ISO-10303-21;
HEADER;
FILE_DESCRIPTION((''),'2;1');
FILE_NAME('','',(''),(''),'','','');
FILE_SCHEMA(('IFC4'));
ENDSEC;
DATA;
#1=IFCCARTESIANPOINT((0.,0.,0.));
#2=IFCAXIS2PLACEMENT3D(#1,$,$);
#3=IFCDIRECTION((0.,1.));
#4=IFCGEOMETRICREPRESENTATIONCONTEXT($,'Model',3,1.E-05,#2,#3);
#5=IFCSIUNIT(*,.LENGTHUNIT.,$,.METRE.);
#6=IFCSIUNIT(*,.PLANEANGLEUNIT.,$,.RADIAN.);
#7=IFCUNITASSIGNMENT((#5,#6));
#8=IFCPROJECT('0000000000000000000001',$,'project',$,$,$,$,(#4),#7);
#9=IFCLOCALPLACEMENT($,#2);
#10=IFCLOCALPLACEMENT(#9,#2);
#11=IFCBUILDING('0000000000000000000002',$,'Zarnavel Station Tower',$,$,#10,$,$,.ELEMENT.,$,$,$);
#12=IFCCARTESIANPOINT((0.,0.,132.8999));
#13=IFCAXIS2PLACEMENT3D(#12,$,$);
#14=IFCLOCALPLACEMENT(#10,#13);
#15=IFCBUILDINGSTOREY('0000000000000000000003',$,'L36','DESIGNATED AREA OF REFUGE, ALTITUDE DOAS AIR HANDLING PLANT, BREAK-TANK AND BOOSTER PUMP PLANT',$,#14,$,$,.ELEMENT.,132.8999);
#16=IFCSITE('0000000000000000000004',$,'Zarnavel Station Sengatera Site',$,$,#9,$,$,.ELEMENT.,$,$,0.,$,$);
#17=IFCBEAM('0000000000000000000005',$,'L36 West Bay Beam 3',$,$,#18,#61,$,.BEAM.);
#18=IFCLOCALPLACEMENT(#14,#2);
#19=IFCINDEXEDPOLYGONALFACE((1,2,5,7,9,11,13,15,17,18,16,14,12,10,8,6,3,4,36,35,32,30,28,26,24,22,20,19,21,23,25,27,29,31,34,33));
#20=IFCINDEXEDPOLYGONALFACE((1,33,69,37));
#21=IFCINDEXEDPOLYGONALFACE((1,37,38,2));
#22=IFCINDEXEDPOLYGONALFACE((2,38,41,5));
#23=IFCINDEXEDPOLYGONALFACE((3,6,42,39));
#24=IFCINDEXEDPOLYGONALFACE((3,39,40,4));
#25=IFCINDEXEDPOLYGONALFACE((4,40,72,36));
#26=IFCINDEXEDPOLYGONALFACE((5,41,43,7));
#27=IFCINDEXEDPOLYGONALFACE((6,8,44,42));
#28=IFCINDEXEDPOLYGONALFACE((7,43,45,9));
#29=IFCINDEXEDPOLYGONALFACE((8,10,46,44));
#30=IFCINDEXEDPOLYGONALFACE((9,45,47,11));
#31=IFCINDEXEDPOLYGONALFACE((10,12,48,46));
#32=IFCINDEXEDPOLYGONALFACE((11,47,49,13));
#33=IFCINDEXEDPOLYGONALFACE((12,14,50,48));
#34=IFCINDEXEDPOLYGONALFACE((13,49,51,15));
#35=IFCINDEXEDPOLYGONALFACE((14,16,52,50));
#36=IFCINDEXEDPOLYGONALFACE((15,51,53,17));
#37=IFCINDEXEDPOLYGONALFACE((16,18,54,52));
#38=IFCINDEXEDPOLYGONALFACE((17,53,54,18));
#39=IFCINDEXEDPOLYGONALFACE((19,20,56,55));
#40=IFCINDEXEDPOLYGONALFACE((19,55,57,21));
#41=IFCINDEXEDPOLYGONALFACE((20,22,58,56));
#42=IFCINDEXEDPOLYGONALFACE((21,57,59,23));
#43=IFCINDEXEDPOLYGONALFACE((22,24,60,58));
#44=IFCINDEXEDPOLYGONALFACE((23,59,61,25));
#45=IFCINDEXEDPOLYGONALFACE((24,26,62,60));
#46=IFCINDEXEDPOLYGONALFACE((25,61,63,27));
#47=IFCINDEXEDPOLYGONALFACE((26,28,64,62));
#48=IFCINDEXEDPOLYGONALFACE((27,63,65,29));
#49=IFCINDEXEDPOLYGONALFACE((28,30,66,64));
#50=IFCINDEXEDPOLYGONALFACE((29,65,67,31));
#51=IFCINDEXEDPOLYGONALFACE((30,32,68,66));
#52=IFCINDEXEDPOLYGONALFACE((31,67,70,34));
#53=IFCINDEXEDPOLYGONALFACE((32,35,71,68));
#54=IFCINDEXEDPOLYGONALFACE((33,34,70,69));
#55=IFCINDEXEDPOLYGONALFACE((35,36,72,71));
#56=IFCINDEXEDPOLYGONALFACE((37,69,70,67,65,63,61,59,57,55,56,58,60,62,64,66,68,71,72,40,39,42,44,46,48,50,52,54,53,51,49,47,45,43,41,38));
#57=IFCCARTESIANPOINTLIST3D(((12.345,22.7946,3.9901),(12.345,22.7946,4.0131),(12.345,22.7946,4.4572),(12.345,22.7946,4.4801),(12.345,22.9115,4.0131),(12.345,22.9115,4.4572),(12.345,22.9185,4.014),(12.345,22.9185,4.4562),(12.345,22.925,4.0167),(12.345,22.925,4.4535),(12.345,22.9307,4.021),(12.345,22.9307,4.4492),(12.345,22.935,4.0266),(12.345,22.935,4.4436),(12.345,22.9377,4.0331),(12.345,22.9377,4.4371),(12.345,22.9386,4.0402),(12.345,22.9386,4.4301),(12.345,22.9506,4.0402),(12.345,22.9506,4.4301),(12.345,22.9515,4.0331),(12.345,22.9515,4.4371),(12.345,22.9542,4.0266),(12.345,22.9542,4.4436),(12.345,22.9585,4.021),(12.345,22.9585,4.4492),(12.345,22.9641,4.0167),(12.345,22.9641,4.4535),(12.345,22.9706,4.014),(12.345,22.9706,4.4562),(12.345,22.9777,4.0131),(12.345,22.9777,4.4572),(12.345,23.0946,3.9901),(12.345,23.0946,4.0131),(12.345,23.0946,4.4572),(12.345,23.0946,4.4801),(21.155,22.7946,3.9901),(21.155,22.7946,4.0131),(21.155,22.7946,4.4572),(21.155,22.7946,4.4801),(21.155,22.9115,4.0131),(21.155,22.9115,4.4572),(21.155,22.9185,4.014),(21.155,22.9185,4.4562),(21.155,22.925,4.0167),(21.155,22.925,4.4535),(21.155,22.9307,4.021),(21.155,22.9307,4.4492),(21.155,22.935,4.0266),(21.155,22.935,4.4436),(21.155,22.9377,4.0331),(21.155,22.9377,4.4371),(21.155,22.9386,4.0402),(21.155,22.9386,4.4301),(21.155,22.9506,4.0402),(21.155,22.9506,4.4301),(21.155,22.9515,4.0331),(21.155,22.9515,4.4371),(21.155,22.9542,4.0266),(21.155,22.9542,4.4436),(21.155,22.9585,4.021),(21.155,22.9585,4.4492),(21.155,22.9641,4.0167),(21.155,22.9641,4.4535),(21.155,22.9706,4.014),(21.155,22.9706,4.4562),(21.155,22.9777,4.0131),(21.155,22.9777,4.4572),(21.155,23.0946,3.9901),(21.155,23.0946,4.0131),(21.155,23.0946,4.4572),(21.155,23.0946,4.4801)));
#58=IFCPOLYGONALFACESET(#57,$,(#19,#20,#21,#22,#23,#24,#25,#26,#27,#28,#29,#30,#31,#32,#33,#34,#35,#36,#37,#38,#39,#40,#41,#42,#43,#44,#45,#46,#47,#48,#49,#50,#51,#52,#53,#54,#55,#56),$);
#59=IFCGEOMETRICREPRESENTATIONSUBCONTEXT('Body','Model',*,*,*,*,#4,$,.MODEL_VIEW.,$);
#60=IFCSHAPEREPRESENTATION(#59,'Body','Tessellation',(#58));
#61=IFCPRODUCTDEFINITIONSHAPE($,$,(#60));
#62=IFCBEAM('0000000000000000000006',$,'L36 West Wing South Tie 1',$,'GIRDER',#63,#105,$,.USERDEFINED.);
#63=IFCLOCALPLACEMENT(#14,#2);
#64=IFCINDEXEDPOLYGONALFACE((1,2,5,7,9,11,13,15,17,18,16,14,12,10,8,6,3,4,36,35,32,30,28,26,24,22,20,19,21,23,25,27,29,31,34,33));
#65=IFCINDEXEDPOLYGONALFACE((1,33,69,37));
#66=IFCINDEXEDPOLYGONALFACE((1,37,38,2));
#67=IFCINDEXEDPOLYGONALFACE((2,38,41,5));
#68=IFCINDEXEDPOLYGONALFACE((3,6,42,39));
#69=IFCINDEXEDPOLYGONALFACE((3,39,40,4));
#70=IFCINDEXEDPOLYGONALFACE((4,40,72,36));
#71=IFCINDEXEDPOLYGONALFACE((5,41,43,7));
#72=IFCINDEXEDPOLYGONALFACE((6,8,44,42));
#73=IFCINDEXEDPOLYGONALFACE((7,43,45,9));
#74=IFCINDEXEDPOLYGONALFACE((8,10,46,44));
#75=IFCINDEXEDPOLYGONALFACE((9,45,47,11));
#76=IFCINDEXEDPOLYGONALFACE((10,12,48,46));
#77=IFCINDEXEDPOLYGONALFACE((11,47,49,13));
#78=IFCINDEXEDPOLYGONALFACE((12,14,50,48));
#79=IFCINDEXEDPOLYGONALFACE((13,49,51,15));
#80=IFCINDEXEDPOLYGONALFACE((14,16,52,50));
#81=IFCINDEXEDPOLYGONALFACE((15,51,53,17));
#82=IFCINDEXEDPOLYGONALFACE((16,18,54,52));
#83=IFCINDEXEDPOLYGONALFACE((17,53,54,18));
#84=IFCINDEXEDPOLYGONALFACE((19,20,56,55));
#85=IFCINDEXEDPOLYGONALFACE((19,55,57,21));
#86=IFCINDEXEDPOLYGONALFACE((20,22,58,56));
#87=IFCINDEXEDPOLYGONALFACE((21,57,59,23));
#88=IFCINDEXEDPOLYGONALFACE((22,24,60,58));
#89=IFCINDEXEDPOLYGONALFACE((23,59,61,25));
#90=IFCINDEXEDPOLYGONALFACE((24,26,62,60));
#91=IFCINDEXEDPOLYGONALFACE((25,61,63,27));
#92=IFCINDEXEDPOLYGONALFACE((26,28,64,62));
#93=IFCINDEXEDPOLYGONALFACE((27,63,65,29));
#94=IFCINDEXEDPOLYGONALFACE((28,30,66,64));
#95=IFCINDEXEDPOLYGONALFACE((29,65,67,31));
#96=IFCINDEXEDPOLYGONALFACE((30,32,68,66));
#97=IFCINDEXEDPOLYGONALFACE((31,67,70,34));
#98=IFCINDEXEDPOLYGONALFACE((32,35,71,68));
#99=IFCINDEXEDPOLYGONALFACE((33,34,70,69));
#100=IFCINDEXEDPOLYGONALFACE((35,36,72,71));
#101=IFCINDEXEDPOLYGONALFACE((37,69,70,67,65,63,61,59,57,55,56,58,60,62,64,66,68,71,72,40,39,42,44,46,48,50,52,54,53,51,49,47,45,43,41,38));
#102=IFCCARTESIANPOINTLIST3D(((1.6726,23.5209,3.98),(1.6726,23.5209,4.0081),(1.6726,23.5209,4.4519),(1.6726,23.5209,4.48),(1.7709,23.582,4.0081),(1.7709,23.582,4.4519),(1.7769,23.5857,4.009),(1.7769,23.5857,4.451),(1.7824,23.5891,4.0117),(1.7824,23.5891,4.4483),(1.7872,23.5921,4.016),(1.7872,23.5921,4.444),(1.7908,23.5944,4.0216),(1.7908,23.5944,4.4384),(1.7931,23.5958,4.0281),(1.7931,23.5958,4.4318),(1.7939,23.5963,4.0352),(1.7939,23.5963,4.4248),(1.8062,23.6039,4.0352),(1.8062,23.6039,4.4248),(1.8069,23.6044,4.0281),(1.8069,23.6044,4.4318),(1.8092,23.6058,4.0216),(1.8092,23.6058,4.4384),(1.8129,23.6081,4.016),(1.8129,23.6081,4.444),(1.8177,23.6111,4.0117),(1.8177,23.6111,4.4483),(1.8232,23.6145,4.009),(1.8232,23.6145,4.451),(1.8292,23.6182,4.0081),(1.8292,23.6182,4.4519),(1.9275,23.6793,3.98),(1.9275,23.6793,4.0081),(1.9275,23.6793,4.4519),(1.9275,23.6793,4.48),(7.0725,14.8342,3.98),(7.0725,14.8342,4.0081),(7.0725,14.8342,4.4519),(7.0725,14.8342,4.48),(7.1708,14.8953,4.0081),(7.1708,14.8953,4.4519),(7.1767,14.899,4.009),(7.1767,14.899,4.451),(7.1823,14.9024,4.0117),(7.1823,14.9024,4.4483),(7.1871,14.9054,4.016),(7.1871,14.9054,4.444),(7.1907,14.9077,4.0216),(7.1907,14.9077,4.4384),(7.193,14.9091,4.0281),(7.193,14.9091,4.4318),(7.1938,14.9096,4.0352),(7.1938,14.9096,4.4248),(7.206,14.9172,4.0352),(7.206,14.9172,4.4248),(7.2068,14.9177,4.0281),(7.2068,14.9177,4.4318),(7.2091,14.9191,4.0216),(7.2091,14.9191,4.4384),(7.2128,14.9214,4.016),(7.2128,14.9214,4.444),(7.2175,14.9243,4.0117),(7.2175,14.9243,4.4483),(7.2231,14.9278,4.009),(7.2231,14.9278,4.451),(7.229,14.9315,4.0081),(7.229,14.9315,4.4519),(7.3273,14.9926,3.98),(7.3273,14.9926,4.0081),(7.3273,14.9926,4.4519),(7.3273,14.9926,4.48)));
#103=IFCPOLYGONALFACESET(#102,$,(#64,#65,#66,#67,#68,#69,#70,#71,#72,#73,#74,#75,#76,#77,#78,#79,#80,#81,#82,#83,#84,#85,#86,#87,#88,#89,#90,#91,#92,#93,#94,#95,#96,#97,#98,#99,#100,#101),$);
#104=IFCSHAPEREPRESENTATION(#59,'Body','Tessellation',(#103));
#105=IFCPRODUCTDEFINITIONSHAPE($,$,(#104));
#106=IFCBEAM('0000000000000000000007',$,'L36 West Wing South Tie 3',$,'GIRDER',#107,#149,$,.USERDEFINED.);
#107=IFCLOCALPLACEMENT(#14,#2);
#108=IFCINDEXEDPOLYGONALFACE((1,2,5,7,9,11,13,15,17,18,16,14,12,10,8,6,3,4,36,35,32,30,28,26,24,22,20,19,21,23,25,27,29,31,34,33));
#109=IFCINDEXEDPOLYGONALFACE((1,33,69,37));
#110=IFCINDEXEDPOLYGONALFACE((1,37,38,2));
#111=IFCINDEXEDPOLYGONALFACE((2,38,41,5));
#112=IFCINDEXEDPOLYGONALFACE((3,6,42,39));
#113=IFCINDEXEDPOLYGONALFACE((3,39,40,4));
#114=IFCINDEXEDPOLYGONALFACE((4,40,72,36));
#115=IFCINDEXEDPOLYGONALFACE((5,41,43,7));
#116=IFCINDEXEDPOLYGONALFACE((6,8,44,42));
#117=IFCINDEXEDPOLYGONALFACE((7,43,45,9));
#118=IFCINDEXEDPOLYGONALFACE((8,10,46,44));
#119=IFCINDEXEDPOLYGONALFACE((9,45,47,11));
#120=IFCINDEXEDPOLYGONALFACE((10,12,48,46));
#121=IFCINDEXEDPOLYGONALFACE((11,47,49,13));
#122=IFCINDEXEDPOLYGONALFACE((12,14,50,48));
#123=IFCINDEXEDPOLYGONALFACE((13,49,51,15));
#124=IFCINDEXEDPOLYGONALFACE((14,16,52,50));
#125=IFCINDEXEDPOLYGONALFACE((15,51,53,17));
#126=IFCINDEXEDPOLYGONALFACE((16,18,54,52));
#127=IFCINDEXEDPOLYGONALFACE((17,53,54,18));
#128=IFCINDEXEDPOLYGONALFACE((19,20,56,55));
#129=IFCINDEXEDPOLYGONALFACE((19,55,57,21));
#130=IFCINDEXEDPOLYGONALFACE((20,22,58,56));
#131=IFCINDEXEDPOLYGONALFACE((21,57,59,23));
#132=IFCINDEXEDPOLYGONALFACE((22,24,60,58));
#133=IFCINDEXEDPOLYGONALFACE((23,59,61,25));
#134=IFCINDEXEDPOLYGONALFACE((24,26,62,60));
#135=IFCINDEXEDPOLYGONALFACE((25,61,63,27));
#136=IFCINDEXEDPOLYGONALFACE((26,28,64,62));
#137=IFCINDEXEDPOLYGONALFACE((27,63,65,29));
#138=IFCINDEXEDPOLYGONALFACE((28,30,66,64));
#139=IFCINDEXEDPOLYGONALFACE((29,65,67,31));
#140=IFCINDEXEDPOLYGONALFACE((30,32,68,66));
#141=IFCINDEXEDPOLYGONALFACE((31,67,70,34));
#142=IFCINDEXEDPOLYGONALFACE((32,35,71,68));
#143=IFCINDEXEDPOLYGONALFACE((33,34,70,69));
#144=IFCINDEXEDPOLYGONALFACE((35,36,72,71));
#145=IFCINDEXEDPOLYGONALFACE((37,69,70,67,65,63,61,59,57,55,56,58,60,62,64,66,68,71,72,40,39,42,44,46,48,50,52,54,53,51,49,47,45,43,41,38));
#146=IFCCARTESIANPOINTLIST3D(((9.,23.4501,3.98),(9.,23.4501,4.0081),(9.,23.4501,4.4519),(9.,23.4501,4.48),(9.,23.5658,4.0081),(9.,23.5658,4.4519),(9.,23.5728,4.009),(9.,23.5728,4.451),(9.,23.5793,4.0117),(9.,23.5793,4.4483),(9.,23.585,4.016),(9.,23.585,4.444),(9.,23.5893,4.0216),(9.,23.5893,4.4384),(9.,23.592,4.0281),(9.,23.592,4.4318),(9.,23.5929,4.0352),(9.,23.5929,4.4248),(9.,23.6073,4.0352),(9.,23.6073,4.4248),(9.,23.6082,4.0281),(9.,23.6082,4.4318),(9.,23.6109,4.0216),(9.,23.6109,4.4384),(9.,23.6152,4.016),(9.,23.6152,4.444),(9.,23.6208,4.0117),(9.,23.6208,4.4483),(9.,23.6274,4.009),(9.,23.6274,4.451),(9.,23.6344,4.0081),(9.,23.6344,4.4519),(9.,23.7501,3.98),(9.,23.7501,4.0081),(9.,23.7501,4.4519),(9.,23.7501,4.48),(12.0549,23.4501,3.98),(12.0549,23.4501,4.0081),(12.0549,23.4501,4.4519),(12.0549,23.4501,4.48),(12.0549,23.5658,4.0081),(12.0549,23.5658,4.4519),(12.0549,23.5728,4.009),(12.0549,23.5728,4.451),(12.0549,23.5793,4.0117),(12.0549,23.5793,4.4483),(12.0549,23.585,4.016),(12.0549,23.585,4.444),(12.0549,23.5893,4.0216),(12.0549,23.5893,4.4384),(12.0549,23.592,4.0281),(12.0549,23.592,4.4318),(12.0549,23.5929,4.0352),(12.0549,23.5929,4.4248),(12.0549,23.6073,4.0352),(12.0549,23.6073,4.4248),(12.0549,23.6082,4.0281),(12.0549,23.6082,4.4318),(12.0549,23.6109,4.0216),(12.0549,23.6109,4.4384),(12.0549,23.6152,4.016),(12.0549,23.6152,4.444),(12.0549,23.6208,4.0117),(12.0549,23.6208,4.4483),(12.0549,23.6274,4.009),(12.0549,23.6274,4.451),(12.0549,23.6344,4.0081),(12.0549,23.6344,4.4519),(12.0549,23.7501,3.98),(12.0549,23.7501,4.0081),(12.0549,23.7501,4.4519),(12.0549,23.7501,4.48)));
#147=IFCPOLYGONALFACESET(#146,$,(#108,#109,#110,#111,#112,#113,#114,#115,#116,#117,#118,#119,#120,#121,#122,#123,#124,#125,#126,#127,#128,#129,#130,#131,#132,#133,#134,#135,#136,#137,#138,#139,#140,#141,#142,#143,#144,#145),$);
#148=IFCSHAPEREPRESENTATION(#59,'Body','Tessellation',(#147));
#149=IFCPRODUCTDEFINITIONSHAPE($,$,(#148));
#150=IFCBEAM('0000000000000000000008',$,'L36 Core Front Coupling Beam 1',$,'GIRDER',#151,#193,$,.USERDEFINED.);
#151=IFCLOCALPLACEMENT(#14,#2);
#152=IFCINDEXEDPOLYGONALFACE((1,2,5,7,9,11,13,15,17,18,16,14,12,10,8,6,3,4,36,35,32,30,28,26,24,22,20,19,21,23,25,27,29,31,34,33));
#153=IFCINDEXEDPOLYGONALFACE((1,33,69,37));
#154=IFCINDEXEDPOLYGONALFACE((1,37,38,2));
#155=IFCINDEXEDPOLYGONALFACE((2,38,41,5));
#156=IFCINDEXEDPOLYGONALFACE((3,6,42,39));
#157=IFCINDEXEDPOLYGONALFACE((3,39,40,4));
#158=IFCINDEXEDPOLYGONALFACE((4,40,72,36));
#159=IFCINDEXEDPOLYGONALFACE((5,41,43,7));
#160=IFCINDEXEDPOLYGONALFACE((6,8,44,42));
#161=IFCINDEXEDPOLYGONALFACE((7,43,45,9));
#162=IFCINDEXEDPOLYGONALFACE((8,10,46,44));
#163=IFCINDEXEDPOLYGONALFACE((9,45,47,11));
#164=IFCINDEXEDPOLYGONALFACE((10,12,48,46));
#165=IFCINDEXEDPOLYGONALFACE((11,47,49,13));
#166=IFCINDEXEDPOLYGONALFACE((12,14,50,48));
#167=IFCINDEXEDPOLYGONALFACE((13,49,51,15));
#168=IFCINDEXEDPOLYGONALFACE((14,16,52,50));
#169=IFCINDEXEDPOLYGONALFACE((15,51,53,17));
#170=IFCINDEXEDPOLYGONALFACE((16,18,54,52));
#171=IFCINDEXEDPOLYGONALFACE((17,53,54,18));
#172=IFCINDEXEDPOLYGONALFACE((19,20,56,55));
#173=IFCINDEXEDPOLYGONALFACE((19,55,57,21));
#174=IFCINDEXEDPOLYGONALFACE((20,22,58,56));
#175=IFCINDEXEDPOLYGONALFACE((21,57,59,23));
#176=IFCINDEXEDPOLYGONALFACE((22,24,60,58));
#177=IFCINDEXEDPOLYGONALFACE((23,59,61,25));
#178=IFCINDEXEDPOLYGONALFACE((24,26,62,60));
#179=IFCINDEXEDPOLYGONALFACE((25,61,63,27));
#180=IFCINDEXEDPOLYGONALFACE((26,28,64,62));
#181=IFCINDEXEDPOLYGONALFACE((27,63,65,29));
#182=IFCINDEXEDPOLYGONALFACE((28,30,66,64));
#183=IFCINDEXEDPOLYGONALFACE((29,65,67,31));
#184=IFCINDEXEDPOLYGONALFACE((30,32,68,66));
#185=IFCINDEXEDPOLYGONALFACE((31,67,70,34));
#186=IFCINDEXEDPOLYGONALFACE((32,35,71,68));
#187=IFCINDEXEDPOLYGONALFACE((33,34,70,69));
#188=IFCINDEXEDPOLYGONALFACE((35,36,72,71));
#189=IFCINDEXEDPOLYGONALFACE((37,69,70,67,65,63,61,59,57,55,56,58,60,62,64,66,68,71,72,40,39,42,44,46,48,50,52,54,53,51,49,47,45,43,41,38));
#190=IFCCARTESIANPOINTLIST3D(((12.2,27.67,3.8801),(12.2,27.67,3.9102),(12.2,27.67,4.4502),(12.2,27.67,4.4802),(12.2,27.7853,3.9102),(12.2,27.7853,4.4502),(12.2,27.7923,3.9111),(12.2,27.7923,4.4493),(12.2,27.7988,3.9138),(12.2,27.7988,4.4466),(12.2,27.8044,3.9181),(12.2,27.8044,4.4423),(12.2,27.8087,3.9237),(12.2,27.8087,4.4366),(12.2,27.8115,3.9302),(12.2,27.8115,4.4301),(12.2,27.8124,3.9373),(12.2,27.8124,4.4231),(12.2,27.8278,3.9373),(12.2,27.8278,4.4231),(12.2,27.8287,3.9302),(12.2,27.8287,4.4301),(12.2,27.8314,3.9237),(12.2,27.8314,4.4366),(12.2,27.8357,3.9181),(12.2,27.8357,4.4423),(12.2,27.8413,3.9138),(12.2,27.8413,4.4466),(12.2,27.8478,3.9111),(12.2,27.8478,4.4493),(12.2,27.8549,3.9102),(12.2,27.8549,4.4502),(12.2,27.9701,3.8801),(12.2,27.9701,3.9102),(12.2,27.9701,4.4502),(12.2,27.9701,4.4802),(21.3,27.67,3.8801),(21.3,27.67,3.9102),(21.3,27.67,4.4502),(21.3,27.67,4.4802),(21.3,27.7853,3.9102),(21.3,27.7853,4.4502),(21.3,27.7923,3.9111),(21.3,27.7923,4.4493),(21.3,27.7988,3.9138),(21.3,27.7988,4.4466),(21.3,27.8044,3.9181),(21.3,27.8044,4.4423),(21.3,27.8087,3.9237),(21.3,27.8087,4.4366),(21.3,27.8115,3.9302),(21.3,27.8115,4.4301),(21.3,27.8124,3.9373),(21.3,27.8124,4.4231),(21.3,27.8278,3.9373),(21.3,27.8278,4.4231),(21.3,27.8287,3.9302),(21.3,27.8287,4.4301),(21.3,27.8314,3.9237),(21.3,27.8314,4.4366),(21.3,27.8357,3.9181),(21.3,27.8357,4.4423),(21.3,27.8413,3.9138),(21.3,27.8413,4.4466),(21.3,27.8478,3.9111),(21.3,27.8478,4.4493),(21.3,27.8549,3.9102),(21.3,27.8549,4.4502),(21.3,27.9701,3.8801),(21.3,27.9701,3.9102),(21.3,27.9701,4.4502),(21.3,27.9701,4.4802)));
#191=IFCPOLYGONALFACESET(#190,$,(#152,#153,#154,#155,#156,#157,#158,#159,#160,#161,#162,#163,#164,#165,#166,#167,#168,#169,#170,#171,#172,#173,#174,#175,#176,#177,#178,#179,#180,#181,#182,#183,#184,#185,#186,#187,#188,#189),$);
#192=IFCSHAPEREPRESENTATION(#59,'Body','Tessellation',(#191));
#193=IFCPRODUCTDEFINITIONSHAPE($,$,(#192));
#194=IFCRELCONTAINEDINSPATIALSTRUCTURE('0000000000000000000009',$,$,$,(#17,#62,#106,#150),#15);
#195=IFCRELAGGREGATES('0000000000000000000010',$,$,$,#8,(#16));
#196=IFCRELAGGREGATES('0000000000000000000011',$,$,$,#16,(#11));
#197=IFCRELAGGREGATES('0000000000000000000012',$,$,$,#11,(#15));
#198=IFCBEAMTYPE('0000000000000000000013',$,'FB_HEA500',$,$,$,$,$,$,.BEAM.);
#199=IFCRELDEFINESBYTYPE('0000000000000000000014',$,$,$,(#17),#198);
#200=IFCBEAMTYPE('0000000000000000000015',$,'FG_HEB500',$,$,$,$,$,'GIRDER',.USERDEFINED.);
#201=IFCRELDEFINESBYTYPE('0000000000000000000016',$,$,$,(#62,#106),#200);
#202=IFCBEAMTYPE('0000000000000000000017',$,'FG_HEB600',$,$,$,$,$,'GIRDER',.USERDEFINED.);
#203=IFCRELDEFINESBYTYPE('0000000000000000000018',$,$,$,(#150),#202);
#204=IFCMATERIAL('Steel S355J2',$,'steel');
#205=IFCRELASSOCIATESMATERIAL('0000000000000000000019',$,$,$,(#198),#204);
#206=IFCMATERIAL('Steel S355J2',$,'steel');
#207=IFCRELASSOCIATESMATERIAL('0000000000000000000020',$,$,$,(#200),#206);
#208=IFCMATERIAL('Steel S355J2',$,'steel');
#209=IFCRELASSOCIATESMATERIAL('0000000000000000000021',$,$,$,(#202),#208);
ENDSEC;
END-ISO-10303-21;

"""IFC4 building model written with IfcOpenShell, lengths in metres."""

from ifc_helpers import new_model, si_unit, direction, frame, origin, origin_2d, place, context, subcontext, project, spatial, i_section, extrude, material, material_profile, profile_set, type_object, element, save


model = new_model("IFC4")

# Units and contexts
model_context = context("Model", 3, precision=1e-05, world=origin(), true_north=direction((0.0, 1.0)))
body_context = subcontext(model_context, "Body", "Model", "MODEL_VIEW")
ifc_project = project(units=[si_unit("LENGTHUNIT", "METRE"), si_unit("PLANEANGLEUNIT", "RADIAN")], contexts=[model_context])

# Site, building, storey
site_placement = place(None, origin())
site = spatial("IfcSite", under=ifc_project, at=site_placement, Name="Zarnavel Station Sengatera Site", CompositionType="ELEMENT", RefElevation=0.0)
building_placement = place(site_placement, origin())
building = spatial("IfcBuilding", under=site, at=building_placement, Name="Zarnavel Station Tower", CompositionType="ELEMENT")
storey_placement = place(building_placement, frame((0.0, 0.0, 132.8999)))
storey = spatial("IfcBuildingStorey", under=building, at=storey_placement, Name="L36", Description="DESIGNATED AREA OF REFUGE, ALTITUDE DOAS AIR HANDLING PLANT, BREAK-TANK AND BOOSTER PUMP PLANT", CompositionType="ELEMENT", Elevation=132.8999)

# Beams
ifc_material_1 = material(Name="Steel S355J2", Category="steel")
ifc_material_profile_1 = material_profile(ifc_material_1, i_section(OverallWidth=0.3, OverallDepth=0.49, WebThickness=0.012, FlangeThickness=0.0229, FilletRadius=0.0271, at=origin_2d()), Name="HEA500")
ifc_profile_set_1 = profile_set([ifc_material_profile_1], Name="Steel S355J2")
beam_type_1 = type_object("IfcBeamType", Name="FB_HEA500", PredefinedType="BEAM", material=ifc_profile_set_1)
beam_1_placement = place(storey_placement, frame((12.345, 22.9446, 4.2351), z_axis=(1.0, 0.0, 0.0), x_axis=(0.0, 1.0, 0.0)))
element("IfcBeam", 1, at=beam_1_placement, inside=storey, type_object=beam_type_1, Name="L36 West Bay Beam 3", PredefinedType="BEAM", context=body_context, shape_type="SweptSolid", body=[
    extrude(i_section(OverallWidth=0.3, OverallDepth=0.49, WebThickness=0.012, FlangeThickness=0.0229, FilletRadius=0.0271, at=origin_2d()), origin(), (0.0, 0.0, 1.0), 8.8101),
])
ifc_material_2 = material(Name="Steel S355J2", Category="steel")
ifc_material_profile_2 = material_profile(ifc_material_2, i_section(OverallWidth=0.3, OverallDepth=0.5, WebThickness=0.0144, FlangeThickness=0.0281, FilletRadius=0.0271, at=origin_2d()), Name="HEB500")
ifc_profile_set_2 = profile_set([ifc_material_profile_2], Name="Steel S355J2")
beam_type_2 = type_object("IfcBeamType", Name="FG_HEB500", ElementType="GIRDER", PredefinedType="USERDEFINED", material=ifc_profile_set_2)
beam_2_placement = place(storey_placement, frame((1.8, 23.6001, 4.23), z_axis=(0.527936, -0.849284, 0.0), x_axis=(0.849284, 0.527936, 0.0)))
element("IfcBeam", 2, at=beam_2_placement, inside=storey, type_object=beam_type_2, Name="L36 West Wing South Tie 1", ObjectType="GIRDER", PredefinedType="USERDEFINED", context=body_context, shape_type="SweptSolid", body=[
    extrude(i_section(OverallWidth=0.3, OverallDepth=0.5, WebThickness=0.0144, FlangeThickness=0.0281, FilletRadius=0.0271, at=origin_2d()), origin(), (0.0, 0.0, 1.0), 10.2283),
])
beam_3_placement = place(storey_placement, frame((9.0, 23.6001, 4.23), z_axis=(1.0, 0.0, 0.0), x_axis=(0.0, 1.0, 0.0)))
element("IfcBeam", 3, at=beam_3_placement, inside=storey, type_object=beam_type_2, Name="L36 West Wing South Tie 3", ObjectType="GIRDER", PredefinedType="USERDEFINED", context=body_context, shape_type="SweptSolid", body=[
    extrude(i_section(OverallWidth=0.3, OverallDepth=0.5, WebThickness=0.0144, FlangeThickness=0.0281, FilletRadius=0.0271, at=origin_2d()), origin(), (0.0, 0.0, 1.0), 3.0549),
])
ifc_material_3 = material(Name="Steel S355J2", Category="steel")
ifc_material_profile_3 = material_profile(ifc_material_3, i_section(OverallWidth=0.3, OverallDepth=0.6001, WebThickness=0.0154, FlangeThickness=0.03, FilletRadius=0.0271, at=origin_2d()), Name="HEB600")
ifc_profile_set_3 = profile_set([ifc_material_profile_3], Name="Steel S355J2")
beam_type_3 = type_object("IfcBeamType", Name="FG_HEB600", ElementType="GIRDER", PredefinedType="USERDEFINED", material=ifc_profile_set_3)
beam_4_placement = place(storey_placement, frame((12.2, 27.8201, 4.1802), z_axis=(1.0, 0.0, 0.0), x_axis=(0.0, 1.0, 0.0)))
element("IfcBeam", 4, at=beam_4_placement, inside=storey, type_object=beam_type_3, Name="L36 Core Front Coupling Beam 1", ObjectType="GIRDER", PredefinedType="USERDEFINED", context=body_context, shape_type="SweptSolid", body=[
    extrude(i_section(OverallWidth=0.3, OverallDepth=0.6001, WebThickness=0.0154, FlangeThickness=0.03, FilletRadius=0.0271, at=origin_2d()), origin(), (0.0, 0.0, 1.0), 9.1001),
])

save(model, "model.ifc")
